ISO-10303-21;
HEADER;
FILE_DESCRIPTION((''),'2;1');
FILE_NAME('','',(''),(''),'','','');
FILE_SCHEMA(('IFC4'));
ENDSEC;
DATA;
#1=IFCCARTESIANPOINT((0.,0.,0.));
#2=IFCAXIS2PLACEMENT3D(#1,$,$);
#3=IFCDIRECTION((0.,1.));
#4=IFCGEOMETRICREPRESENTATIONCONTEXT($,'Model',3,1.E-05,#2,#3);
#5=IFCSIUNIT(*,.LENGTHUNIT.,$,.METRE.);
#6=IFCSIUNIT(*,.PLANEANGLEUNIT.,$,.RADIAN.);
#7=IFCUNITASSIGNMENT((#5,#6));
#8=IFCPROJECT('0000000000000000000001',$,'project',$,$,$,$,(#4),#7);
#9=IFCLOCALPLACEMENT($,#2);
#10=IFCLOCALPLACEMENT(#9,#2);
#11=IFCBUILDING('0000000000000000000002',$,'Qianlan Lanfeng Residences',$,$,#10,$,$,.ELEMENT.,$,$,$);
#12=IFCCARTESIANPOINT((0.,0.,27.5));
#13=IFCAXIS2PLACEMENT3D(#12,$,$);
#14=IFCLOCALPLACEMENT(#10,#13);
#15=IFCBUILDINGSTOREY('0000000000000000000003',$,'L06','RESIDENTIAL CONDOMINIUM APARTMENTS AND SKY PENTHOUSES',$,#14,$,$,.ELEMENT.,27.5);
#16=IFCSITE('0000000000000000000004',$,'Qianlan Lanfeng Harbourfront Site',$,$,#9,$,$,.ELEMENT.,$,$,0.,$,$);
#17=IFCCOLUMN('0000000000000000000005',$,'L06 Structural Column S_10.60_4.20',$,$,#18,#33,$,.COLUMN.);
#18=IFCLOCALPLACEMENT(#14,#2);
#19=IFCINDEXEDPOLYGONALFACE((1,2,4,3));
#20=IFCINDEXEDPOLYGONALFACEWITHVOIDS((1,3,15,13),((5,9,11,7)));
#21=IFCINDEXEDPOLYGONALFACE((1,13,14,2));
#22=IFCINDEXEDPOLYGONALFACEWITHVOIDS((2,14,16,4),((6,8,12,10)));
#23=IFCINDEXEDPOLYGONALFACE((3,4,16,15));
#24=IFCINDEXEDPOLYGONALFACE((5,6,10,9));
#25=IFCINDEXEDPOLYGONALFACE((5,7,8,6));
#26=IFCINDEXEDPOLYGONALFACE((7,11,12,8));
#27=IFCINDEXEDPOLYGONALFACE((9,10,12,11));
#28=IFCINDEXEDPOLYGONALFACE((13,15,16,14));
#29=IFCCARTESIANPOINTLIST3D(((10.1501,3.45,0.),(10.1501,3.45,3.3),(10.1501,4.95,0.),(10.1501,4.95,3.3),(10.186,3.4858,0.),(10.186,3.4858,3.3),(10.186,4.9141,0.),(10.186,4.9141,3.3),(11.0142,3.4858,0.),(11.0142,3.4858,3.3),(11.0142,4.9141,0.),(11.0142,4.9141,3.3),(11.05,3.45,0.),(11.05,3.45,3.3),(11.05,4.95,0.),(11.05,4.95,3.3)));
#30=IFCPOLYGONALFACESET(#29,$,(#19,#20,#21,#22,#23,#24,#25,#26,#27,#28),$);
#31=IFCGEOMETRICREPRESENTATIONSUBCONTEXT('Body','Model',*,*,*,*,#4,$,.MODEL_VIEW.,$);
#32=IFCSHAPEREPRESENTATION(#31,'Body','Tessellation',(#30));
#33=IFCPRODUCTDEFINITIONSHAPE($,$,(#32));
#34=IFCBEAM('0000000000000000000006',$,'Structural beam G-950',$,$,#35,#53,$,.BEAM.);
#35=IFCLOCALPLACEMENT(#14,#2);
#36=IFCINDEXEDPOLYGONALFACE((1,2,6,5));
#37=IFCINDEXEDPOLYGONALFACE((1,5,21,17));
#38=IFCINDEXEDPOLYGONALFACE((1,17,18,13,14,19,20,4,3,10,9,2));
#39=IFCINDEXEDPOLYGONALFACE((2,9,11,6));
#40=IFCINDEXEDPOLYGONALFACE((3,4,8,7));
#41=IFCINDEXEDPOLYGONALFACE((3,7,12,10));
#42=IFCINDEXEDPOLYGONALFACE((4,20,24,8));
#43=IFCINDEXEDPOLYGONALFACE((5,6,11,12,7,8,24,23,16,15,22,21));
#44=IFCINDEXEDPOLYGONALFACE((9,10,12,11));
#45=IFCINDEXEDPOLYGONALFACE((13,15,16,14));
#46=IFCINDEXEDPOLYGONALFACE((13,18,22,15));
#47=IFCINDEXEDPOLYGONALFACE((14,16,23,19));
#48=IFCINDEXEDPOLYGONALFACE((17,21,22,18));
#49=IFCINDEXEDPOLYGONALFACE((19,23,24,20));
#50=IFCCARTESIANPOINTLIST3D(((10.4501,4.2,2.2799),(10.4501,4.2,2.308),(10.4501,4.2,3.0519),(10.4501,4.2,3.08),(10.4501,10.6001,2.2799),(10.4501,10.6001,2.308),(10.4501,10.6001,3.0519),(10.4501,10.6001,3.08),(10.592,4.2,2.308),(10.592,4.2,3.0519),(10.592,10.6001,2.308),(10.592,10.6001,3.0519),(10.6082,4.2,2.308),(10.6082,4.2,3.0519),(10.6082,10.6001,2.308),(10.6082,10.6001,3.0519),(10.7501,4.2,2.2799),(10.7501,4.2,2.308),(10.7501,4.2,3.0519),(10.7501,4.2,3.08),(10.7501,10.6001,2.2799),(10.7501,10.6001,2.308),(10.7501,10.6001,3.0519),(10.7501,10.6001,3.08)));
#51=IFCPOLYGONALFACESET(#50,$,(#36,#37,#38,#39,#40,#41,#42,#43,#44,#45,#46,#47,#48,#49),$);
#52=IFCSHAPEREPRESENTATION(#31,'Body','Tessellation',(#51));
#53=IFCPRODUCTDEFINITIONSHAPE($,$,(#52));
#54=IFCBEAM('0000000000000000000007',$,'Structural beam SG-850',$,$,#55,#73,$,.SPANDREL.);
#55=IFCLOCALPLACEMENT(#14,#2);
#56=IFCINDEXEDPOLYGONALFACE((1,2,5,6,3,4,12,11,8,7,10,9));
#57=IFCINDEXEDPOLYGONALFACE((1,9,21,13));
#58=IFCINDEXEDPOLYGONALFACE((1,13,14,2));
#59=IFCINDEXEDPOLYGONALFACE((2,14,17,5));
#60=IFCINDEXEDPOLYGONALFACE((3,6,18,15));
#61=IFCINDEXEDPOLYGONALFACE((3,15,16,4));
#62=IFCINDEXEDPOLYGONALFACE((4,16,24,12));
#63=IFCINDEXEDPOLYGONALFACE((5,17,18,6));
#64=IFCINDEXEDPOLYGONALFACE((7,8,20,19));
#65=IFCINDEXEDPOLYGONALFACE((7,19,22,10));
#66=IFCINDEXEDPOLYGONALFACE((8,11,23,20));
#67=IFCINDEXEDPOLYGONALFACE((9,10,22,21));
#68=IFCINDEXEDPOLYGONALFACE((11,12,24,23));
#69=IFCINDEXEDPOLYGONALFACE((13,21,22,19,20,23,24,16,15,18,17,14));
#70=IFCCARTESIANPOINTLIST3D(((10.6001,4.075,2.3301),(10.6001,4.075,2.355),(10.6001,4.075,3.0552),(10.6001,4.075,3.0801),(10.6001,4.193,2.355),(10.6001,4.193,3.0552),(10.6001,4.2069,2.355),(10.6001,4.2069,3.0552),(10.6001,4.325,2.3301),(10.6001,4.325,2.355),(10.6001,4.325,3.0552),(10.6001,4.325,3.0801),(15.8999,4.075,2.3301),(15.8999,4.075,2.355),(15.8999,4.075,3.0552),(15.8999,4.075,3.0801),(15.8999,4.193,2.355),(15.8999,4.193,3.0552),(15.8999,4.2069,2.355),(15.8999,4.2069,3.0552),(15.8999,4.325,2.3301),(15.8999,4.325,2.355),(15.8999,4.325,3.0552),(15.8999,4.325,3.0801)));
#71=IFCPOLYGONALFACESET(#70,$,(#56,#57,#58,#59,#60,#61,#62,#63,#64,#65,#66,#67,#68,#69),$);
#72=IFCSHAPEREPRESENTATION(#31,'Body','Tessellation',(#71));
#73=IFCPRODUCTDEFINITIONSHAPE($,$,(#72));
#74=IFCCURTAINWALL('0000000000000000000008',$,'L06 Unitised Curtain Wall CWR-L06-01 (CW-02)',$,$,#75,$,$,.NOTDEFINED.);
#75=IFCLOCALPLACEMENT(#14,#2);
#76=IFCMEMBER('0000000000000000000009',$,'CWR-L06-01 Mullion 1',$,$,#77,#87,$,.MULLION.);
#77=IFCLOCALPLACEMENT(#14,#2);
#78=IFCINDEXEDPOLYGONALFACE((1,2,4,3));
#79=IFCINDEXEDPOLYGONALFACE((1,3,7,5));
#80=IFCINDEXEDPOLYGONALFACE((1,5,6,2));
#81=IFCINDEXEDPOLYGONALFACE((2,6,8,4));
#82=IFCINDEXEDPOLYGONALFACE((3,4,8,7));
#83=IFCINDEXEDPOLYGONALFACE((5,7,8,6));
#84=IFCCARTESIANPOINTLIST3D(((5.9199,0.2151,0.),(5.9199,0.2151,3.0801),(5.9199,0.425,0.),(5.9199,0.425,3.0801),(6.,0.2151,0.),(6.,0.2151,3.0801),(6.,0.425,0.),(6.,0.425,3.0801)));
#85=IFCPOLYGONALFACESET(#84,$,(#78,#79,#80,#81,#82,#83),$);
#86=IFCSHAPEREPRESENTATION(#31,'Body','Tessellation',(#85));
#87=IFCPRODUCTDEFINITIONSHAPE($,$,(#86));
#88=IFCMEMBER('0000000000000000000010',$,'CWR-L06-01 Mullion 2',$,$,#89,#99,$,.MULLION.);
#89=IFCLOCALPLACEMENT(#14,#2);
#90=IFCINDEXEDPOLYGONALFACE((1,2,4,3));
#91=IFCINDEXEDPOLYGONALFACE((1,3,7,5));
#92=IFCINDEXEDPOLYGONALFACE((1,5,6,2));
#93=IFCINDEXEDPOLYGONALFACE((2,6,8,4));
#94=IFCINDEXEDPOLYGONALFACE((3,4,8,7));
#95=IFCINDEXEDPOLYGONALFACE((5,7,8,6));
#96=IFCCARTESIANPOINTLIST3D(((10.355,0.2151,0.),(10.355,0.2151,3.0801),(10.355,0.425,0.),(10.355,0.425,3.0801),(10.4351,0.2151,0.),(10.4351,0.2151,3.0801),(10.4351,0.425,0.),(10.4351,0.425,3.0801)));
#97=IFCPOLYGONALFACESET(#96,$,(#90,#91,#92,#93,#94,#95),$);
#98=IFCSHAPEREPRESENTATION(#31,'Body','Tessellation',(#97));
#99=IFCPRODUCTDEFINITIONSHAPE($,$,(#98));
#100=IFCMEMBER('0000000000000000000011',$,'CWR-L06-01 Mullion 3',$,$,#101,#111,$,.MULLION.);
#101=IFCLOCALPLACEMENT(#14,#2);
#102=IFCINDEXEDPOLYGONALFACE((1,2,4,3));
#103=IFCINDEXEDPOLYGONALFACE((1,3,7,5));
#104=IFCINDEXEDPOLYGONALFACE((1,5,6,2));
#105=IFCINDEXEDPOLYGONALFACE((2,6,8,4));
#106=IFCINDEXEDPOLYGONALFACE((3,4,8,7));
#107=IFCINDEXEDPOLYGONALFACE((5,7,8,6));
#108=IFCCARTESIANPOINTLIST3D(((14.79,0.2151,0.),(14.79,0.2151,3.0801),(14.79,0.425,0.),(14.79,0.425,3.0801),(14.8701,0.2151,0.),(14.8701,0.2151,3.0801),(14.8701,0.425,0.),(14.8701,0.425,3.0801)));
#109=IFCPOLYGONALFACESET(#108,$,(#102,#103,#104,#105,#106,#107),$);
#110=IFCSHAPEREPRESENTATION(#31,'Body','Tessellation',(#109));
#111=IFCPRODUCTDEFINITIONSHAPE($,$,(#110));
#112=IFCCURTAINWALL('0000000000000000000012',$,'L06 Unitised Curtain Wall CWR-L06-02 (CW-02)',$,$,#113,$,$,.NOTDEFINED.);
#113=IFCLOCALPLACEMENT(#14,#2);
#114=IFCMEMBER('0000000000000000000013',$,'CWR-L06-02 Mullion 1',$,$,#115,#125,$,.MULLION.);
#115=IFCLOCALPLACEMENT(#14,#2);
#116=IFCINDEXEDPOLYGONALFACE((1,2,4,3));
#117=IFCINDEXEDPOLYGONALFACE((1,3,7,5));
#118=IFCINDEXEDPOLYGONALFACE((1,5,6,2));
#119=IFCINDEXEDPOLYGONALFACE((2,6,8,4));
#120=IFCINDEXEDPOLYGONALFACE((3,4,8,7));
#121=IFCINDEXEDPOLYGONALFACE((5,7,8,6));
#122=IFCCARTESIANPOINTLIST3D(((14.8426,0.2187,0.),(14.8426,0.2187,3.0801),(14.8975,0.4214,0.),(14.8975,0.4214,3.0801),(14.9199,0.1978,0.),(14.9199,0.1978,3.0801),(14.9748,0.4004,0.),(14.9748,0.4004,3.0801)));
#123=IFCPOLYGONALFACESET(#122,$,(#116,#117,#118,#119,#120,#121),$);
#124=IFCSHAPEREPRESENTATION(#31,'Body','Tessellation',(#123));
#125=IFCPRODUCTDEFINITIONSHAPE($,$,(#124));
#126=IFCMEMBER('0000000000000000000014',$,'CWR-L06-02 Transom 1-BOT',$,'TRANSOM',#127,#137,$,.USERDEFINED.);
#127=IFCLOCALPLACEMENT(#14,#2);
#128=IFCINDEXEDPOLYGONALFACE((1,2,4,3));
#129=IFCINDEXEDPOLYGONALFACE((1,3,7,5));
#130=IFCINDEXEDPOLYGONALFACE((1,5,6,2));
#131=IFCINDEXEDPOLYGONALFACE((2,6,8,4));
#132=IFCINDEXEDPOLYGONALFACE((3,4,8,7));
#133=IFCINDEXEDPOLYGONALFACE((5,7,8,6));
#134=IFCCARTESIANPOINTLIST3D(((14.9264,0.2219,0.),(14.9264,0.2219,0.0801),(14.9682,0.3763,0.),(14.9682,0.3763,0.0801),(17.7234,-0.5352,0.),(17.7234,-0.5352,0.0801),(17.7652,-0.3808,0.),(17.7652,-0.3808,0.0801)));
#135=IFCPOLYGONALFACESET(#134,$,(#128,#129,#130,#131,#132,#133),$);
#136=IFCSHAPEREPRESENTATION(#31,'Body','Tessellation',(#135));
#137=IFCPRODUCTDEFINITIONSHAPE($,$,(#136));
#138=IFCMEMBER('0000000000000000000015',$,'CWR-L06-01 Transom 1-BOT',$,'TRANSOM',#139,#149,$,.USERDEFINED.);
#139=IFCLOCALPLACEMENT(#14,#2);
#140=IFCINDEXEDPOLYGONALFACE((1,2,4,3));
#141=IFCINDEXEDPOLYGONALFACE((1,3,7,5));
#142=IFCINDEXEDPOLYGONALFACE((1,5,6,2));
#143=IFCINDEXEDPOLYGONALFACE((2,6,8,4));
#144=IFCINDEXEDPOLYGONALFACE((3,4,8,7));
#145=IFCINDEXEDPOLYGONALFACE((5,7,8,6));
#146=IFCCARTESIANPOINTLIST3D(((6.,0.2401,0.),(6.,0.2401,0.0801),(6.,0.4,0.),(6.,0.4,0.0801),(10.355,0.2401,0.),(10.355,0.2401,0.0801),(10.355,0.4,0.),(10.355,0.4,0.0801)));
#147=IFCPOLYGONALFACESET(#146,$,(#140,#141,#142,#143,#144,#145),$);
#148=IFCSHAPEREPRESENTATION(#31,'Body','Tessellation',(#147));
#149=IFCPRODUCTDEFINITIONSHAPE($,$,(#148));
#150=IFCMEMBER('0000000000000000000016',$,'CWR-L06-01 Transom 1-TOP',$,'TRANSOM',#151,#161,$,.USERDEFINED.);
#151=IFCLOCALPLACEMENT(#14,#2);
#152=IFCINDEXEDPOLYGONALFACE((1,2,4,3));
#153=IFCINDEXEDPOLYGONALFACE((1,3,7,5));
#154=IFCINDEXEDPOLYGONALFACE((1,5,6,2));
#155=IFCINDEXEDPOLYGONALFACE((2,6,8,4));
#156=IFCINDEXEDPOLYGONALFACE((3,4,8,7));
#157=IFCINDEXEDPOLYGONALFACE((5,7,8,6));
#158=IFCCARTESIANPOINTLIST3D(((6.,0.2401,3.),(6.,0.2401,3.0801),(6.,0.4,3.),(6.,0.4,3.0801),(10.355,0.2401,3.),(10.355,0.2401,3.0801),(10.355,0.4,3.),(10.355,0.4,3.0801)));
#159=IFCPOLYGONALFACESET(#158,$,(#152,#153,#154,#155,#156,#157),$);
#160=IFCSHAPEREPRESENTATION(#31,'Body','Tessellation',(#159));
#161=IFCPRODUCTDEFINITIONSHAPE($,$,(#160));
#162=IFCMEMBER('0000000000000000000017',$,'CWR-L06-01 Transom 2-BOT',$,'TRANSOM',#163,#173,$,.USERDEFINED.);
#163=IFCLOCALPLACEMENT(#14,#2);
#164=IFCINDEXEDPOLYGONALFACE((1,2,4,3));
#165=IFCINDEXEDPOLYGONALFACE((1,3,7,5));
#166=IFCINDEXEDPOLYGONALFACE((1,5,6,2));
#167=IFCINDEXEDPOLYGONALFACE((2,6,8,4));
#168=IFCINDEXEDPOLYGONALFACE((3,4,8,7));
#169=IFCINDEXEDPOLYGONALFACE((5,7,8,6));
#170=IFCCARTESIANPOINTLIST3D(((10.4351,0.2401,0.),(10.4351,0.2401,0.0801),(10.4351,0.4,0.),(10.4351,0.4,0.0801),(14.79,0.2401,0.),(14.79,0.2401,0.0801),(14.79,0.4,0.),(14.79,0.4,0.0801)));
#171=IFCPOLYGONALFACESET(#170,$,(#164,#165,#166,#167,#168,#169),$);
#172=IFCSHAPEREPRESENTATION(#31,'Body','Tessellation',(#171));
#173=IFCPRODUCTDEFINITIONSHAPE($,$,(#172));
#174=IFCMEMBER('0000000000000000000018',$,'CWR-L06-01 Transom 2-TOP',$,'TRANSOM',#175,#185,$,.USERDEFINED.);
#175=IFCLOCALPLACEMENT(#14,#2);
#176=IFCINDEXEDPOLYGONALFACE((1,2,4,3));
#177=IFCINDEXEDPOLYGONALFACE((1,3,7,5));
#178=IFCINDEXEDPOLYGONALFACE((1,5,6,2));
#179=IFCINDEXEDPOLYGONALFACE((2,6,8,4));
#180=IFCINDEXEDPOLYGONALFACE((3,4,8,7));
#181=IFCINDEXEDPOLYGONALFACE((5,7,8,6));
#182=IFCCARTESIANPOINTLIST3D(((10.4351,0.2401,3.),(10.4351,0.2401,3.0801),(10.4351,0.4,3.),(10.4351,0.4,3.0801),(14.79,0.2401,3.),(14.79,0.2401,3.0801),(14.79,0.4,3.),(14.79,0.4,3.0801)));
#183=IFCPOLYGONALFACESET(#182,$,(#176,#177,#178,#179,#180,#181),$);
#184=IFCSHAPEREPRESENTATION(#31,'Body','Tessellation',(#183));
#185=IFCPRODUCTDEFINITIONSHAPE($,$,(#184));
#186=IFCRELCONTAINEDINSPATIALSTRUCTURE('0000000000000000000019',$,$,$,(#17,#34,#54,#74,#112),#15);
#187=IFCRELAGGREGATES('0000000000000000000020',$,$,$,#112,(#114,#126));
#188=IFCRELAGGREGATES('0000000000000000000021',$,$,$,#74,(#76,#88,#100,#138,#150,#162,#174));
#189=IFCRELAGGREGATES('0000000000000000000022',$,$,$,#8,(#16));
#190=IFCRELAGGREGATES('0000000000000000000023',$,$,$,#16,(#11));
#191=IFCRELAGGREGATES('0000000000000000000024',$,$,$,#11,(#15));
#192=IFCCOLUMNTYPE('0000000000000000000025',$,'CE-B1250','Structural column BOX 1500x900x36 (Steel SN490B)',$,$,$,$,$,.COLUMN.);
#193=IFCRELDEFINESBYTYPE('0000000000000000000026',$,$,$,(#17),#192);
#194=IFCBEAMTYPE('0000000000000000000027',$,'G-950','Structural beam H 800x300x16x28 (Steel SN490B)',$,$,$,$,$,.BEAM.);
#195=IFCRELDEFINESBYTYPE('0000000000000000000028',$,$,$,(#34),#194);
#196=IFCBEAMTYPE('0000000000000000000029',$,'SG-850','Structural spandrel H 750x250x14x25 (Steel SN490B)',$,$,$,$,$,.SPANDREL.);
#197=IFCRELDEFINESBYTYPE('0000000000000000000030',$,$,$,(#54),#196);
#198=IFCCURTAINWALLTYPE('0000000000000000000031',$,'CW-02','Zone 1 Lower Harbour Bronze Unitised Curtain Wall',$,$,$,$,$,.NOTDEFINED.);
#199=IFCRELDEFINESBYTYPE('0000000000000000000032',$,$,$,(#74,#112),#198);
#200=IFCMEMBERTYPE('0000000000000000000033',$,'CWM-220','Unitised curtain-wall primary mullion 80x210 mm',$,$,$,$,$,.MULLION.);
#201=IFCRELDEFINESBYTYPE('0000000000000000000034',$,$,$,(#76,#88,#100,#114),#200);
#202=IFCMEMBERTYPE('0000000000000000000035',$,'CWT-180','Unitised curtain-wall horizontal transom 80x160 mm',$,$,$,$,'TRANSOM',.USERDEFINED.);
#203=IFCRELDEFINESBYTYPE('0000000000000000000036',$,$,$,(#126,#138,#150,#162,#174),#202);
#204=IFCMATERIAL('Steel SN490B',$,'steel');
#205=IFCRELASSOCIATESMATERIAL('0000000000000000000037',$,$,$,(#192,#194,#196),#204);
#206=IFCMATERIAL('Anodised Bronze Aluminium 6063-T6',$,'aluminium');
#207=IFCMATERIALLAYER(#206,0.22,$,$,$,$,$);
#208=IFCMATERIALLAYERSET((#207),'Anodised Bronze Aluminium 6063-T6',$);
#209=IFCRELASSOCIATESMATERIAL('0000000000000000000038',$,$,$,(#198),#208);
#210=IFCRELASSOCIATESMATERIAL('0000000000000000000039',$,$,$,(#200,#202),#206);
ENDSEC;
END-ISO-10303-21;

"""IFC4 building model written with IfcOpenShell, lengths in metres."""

from ifc_helpers import new_model, si_unit, direction, frame, origin, origin_2d, place, context, subcontext, project, spatial, rectangle, hollow_rectangle, i_section, extrude, source, transform, mapped, material, layer, layer_set, material_profile, profile_set, type_object, element, aggregate, save


model = new_model("IFC4")

# Units and contexts
model_context = context("Model", 3, precision=1e-05, world=origin(), true_north=direction((0.0, 1.0)))
body_context = subcontext(model_context, "Body", "Model", "MODEL_VIEW")
ifc_project = project(units=[si_unit("LENGTHUNIT", "METRE"), si_unit("PLANEANGLEUNIT", "RADIAN")], contexts=[model_context])

# Site, building, storey
site_placement = place(None, origin())
site = spatial("IfcSite", under=ifc_project, at=site_placement, Name="Qianlan Lanfeng Harbourfront Site", CompositionType="ELEMENT", RefElevation=0.0)
building_placement = place(site_placement, origin())
building = spatial("IfcBuilding", under=site, at=building_placement, Name="Qianlan Lanfeng Residences", CompositionType="ELEMENT")
storey_placement = place(building_placement, frame((0.0, 0.0, 27.5)))
storey = spatial("IfcBuildingStorey", under=building, at=storey_placement, Name="L06", Description="RESIDENTIAL CONDOMINIUM APARTMENTS AND SKY PENTHOUSES", CompositionType="ELEMENT", Elevation=27.5)

# Column
ifc_material_1 = material(Name="Steel SN490B", Category="steel")
ifc_material_profile_1 = material_profile(ifc_material_1, hollow_rectangle(XDim=0.8999, YDim=1.5, WallThickness=0.0359, at=origin_2d()), Name="BOX 1500x900x36")
ifc_profile_set_1 = profile_set([ifc_material_profile_1], Name="Steel SN490B")
column_type = type_object("IfcColumnType", Name="CE-B1250", Description="Structural column BOX 1500x900x36 (Steel SN490B)", PredefinedType="COLUMN", material=ifc_profile_set_1)
column_placement = place(storey_placement, frame((10.6001, 4.2, 0.0), z_axis=(0.0, 0.0, 1.0), x_axis=(1.0, 0.0, 0.0)))
element("IfcColumn", 1, at=column_placement, inside=storey, type_object=column_type, Name="L06 Structural Column S_10.60_4.20", PredefinedType="COLUMN", context=body_context, shape_type="SweptSolid", body=[
    extrude(hollow_rectangle(XDim=0.8999, YDim=1.5, WallThickness=0.0359, at=origin_2d()), origin(), (0.0, 0.0, 1.0), 3.3),
])

# Beams
ifc_material_profile_2 = material_profile(ifc_material_1, i_section(OverallWidth=0.3, OverallDepth=0.8, WebThickness=0.0161, FlangeThickness=0.0281, at=origin_2d()), Name="H 800x300x16x28")
ifc_profile_set_2 = profile_set([ifc_material_profile_2], Name="Steel SN490B")
beam_type_1 = type_object("IfcBeamType", Name="G-950", Description="Structural beam H 800x300x16x28 (Steel SN490B)", PredefinedType="BEAM", material=ifc_profile_set_2)
beam_1_placement = place(storey_placement, frame((10.6001, 4.2, 2.6799), z_axis=(0.0, 1.0, 0.0), x_axis=(-1.0, 0.0, 0.0)))
element("IfcBeam", 2, at=beam_1_placement, inside=storey, type_object=beam_type_1, Name="Structural beam G-950", PredefinedType="BEAM", context=body_context, shape_type="SweptSolid", body=[
    extrude(i_section(OverallWidth=0.3, OverallDepth=0.8, WebThickness=0.0161, FlangeThickness=0.0281, at=origin_2d()), origin(), (0.0, 0.0, 1.0), 6.4001),
])
ifc_material_profile_3 = material_profile(ifc_material_1, i_section(OverallWidth=0.25, OverallDepth=0.75, WebThickness=0.0139, FlangeThickness=0.0249, at=origin_2d()), Name="H 750x250x14x25")
ifc_profile_set_3 = profile_set([ifc_material_profile_3], Name="Steel SN490B")
beam_type_2 = type_object("IfcBeamType", Name="SG-850", Description="Structural spandrel H 750x250x14x25 (Steel SN490B)", PredefinedType="SPANDREL", material=ifc_profile_set_3)
beam_2_placement = place(storey_placement, frame((10.6001, 4.2, 2.7051), z_axis=(1.0, 0.0, 0.0), x_axis=(0.0, 1.0, 0.0)))
element("IfcBeam", 3, at=beam_2_placement, inside=storey, type_object=beam_type_2, Name="Structural beam SG-850", PredefinedType="SPANDREL", context=body_context, shape_type="SweptSolid", body=[
    extrude(i_section(OverallWidth=0.25, OverallDepth=0.75, WebThickness=0.0139, FlangeThickness=0.0249, at=origin_2d()), origin(), (0.0, 0.0, 1.0), 5.2998),
])

# Curtain walls, members
ifc_material_2 = material(Name="Anodised Bronze Aluminium 6063-T6", Category="aluminium")
ifc_layer_1 = layer(ifc_material_2, 0.22)
ifc_layer_set_1 = layer_set([ifc_layer_1], Name="Anodised Bronze Aluminium 6063-T6")
curtain_wall_type = type_object("IfcCurtainWallType", Name="CW-02", Description="Zone 1 Lower Harbour Bronze Unitised Curtain Wall", PredefinedType="NOTDEFINED", material=ifc_layer_set_1)
curtain_wall_1_placement = place(storey_placement, origin())
curtain_wall_1 = element("IfcCurtainWall", 4, at=curtain_wall_1_placement, inside=storey, type_object=curtain_wall_type, Name="L06 Unitised Curtain Wall CWR-L06-01 (CW-02)", PredefinedType="NOTDEFINED")
ifc_material_profile_4 = material_profile(ifc_material_2, rectangle(XDim=0.0801, YDim=0.21, at=origin_2d()), Name="ALU MULLION 80x210")
ifc_profile_set_4 = profile_set([ifc_material_profile_4], Name="Anodised Bronze Aluminium 6063-T6")
member_type_1 = type_object("IfcMemberType", Name="CWM-220", Description="Unitised curtain-wall primary mullion 80x210 mm", PredefinedType="MULLION", material=ifc_profile_set_4)
shared_shape_1 = source(origin(), body_context, "Body", "SweptSolid", [
    extrude(rectangle(XDim=0.0801, YDim=0.21, at=origin_2d()), origin(), (0.0, 0.0, 1.0), 3.0801),
])
member_1_placement = place(storey_placement, frame((5.96, 0.3201, 0.0), z_axis=(0.0, 0.0, 1.0), x_axis=(1.0, 0.0, 0.0)))
member_1 = element("IfcMember", 5, at=member_1_placement, type_object=member_type_1, Name="CWR-L06-01 Mullion 1", PredefinedType="MULLION", context=body_context, shape_type="MappedRepresentation", body=[
    mapped(shared_shape_1, transform((0.0, 0.0, 0.0), scale=1.0)),
])
member_2_placement = place(storey_placement, frame((10.395, 0.3201, 0.0), z_axis=(0.0, 0.0, 1.0), x_axis=(1.0, 0.0, 0.0)))
member_2 = element("IfcMember", 6, at=member_2_placement, type_object=member_type_1, Name="CWR-L06-01 Mullion 2", PredefinedType="MULLION", context=body_context, shape_type="MappedRepresentation", body=[
    mapped(shared_shape_1, transform((0.0, 0.0, 0.0), scale=1.0)),
])
member_3_placement = place(storey_placement, frame((14.8301, 0.3201, 0.0), z_axis=(0.0, 0.0, 1.0), x_axis=(1.0, 0.0, 0.0)))
member_3 = element("IfcMember", 7, at=member_3_placement, type_object=member_type_1, Name="CWR-L06-01 Mullion 3", PredefinedType="MULLION", context=body_context, shape_type="MappedRepresentation", body=[
    mapped(shared_shape_1, transform((0.0, 0.0, 0.0), scale=1.0)),
])
curtain_wall_2_placement = place(storey_placement, origin())
curtain_wall_2 = element("IfcCurtainWall", 8, at=curtain_wall_2_placement, inside=storey, type_object=curtain_wall_type, Name="L06 Unitised Curtain Wall CWR-L06-02 (CW-02)", PredefinedType="NOTDEFINED")
member_4_placement = place(storey_placement, frame((14.9087, 0.3096, 0.0), z_axis=(0.0, 0.0, 1.0), x_axis=(0.965263, -0.261281, 0.0)))
member_4 = element("IfcMember", 9, at=member_4_placement, type_object=member_type_1, Name="CWR-L06-02 Mullion 1", PredefinedType="MULLION", context=body_context, shape_type="MappedRepresentation", body=[
    mapped(shared_shape_1, transform((0.0, 0.0, 0.0), scale=1.0)),
])
ifc_material_profile_5 = material_profile(ifc_material_2, rectangle(XDim=0.0801, YDim=0.1599, at=origin_2d()), Name="ALU TRANSOM 80x160")
ifc_profile_set_5 = profile_set([ifc_material_profile_5], Name="Anodised Bronze Aluminium 6063-T6")
member_type_2 = type_object("IfcMemberType", Name="CWT-180", Description="Unitised curtain-wall horizontal transom 80x160 mm", ElementType="TRANSOM", PredefinedType="USERDEFINED", material=ifc_profile_set_5)
shared_shape_2 = source(origin(), body_context, "Body", "SweptSolid", [
    extrude(rectangle(XDim=0.0801, YDim=0.1599, at=origin_2d()), origin(), (0.0, 0.0, 1.0), 2.8977),
])
member_5_placement = place(storey_placement, frame((14.9473, 0.2991, 0.04), z_axis=(0.965268, -0.261263, 0.0), x_axis=(0.0, 0.0, 1.0)))
member_5 = element("IfcMember", 10, at=member_5_placement, type_object=member_type_2, Name="CWR-L06-02 Transom 1-BOT", ObjectType="TRANSOM", PredefinedType="USERDEFINED", context=body_context, shape_type="MappedRepresentation", body=[
    mapped(shared_shape_2, transform((0.0, 0.0, 0.0), scale=1.0)),
])
aggregate(curtain_wall_2, [member_4, member_5])

# Members
shared_shape_3 = source(origin(), body_context, "Body", "SweptSolid", [
    extrude(rectangle(XDim=0.0801, YDim=0.1599, at=origin_2d()), origin(), (0.0, 0.0, 1.0), 4.355),
])
member_6_placement = place(storey_placement, frame((6.0, 0.3201, 0.04), z_axis=(1.0, 0.0, 0.0), x_axis=(0.0, 0.0, 1.0)))
member_6 = element("IfcMember", 11, at=member_6_placement, type_object=member_type_2, Name="CWR-L06-01 Transom 1-BOT", ObjectType="TRANSOM", PredefinedType="USERDEFINED", context=body_context, shape_type="MappedRepresentation", body=[
    mapped(shared_shape_3, transform((0.0, 0.0, 0.0), scale=1.0)),
])
member_7_placement = place(storey_placement, frame((6.0, 0.3201, 3.04), z_axis=(1.0, 0.0, 0.0), x_axis=(0.0, 0.0, 1.0)))
member_7 = element("IfcMember", 12, at=member_7_placement, type_object=member_type_2, Name="CWR-L06-01 Transom 1-TOP", ObjectType="TRANSOM", PredefinedType="USERDEFINED", context=body_context, shape_type="MappedRepresentation", body=[
    mapped(shared_shape_3, transform((0.0, 0.0, 0.0), scale=1.0)),
])
member_8_placement = place(storey_placement, frame((10.4351, 0.3201, 0.04), z_axis=(1.0, 0.0, 0.0), x_axis=(0.0, 0.0, 1.0)))
member_8 = element("IfcMember", 13, at=member_8_placement, type_object=member_type_2, Name="CWR-L06-01 Transom 2-BOT", ObjectType="TRANSOM", PredefinedType="USERDEFINED", context=body_context, shape_type="MappedRepresentation", body=[
    mapped(shared_shape_3, transform((0.0, 0.0, 0.0), scale=1.0)),
])
member_9_placement = place(storey_placement, frame((10.4351, 0.3201, 3.04), z_axis=(1.0, 0.0, 0.0), x_axis=(0.0, 0.0, 1.0)))
member_9 = element("IfcMember", 14, at=member_9_placement, type_object=member_type_2, Name="CWR-L06-01 Transom 2-TOP", ObjectType="TRANSOM", PredefinedType="USERDEFINED", context=body_context, shape_type="MappedRepresentation", body=[
    mapped(shared_shape_3, transform((0.0, 0.0, 0.0), scale=1.0)),
])

aggregate(curtain_wall_1, [member_1, member_2, member_3, member_6, member_7, member_8, member_9])

save(model, "model.ifc")
